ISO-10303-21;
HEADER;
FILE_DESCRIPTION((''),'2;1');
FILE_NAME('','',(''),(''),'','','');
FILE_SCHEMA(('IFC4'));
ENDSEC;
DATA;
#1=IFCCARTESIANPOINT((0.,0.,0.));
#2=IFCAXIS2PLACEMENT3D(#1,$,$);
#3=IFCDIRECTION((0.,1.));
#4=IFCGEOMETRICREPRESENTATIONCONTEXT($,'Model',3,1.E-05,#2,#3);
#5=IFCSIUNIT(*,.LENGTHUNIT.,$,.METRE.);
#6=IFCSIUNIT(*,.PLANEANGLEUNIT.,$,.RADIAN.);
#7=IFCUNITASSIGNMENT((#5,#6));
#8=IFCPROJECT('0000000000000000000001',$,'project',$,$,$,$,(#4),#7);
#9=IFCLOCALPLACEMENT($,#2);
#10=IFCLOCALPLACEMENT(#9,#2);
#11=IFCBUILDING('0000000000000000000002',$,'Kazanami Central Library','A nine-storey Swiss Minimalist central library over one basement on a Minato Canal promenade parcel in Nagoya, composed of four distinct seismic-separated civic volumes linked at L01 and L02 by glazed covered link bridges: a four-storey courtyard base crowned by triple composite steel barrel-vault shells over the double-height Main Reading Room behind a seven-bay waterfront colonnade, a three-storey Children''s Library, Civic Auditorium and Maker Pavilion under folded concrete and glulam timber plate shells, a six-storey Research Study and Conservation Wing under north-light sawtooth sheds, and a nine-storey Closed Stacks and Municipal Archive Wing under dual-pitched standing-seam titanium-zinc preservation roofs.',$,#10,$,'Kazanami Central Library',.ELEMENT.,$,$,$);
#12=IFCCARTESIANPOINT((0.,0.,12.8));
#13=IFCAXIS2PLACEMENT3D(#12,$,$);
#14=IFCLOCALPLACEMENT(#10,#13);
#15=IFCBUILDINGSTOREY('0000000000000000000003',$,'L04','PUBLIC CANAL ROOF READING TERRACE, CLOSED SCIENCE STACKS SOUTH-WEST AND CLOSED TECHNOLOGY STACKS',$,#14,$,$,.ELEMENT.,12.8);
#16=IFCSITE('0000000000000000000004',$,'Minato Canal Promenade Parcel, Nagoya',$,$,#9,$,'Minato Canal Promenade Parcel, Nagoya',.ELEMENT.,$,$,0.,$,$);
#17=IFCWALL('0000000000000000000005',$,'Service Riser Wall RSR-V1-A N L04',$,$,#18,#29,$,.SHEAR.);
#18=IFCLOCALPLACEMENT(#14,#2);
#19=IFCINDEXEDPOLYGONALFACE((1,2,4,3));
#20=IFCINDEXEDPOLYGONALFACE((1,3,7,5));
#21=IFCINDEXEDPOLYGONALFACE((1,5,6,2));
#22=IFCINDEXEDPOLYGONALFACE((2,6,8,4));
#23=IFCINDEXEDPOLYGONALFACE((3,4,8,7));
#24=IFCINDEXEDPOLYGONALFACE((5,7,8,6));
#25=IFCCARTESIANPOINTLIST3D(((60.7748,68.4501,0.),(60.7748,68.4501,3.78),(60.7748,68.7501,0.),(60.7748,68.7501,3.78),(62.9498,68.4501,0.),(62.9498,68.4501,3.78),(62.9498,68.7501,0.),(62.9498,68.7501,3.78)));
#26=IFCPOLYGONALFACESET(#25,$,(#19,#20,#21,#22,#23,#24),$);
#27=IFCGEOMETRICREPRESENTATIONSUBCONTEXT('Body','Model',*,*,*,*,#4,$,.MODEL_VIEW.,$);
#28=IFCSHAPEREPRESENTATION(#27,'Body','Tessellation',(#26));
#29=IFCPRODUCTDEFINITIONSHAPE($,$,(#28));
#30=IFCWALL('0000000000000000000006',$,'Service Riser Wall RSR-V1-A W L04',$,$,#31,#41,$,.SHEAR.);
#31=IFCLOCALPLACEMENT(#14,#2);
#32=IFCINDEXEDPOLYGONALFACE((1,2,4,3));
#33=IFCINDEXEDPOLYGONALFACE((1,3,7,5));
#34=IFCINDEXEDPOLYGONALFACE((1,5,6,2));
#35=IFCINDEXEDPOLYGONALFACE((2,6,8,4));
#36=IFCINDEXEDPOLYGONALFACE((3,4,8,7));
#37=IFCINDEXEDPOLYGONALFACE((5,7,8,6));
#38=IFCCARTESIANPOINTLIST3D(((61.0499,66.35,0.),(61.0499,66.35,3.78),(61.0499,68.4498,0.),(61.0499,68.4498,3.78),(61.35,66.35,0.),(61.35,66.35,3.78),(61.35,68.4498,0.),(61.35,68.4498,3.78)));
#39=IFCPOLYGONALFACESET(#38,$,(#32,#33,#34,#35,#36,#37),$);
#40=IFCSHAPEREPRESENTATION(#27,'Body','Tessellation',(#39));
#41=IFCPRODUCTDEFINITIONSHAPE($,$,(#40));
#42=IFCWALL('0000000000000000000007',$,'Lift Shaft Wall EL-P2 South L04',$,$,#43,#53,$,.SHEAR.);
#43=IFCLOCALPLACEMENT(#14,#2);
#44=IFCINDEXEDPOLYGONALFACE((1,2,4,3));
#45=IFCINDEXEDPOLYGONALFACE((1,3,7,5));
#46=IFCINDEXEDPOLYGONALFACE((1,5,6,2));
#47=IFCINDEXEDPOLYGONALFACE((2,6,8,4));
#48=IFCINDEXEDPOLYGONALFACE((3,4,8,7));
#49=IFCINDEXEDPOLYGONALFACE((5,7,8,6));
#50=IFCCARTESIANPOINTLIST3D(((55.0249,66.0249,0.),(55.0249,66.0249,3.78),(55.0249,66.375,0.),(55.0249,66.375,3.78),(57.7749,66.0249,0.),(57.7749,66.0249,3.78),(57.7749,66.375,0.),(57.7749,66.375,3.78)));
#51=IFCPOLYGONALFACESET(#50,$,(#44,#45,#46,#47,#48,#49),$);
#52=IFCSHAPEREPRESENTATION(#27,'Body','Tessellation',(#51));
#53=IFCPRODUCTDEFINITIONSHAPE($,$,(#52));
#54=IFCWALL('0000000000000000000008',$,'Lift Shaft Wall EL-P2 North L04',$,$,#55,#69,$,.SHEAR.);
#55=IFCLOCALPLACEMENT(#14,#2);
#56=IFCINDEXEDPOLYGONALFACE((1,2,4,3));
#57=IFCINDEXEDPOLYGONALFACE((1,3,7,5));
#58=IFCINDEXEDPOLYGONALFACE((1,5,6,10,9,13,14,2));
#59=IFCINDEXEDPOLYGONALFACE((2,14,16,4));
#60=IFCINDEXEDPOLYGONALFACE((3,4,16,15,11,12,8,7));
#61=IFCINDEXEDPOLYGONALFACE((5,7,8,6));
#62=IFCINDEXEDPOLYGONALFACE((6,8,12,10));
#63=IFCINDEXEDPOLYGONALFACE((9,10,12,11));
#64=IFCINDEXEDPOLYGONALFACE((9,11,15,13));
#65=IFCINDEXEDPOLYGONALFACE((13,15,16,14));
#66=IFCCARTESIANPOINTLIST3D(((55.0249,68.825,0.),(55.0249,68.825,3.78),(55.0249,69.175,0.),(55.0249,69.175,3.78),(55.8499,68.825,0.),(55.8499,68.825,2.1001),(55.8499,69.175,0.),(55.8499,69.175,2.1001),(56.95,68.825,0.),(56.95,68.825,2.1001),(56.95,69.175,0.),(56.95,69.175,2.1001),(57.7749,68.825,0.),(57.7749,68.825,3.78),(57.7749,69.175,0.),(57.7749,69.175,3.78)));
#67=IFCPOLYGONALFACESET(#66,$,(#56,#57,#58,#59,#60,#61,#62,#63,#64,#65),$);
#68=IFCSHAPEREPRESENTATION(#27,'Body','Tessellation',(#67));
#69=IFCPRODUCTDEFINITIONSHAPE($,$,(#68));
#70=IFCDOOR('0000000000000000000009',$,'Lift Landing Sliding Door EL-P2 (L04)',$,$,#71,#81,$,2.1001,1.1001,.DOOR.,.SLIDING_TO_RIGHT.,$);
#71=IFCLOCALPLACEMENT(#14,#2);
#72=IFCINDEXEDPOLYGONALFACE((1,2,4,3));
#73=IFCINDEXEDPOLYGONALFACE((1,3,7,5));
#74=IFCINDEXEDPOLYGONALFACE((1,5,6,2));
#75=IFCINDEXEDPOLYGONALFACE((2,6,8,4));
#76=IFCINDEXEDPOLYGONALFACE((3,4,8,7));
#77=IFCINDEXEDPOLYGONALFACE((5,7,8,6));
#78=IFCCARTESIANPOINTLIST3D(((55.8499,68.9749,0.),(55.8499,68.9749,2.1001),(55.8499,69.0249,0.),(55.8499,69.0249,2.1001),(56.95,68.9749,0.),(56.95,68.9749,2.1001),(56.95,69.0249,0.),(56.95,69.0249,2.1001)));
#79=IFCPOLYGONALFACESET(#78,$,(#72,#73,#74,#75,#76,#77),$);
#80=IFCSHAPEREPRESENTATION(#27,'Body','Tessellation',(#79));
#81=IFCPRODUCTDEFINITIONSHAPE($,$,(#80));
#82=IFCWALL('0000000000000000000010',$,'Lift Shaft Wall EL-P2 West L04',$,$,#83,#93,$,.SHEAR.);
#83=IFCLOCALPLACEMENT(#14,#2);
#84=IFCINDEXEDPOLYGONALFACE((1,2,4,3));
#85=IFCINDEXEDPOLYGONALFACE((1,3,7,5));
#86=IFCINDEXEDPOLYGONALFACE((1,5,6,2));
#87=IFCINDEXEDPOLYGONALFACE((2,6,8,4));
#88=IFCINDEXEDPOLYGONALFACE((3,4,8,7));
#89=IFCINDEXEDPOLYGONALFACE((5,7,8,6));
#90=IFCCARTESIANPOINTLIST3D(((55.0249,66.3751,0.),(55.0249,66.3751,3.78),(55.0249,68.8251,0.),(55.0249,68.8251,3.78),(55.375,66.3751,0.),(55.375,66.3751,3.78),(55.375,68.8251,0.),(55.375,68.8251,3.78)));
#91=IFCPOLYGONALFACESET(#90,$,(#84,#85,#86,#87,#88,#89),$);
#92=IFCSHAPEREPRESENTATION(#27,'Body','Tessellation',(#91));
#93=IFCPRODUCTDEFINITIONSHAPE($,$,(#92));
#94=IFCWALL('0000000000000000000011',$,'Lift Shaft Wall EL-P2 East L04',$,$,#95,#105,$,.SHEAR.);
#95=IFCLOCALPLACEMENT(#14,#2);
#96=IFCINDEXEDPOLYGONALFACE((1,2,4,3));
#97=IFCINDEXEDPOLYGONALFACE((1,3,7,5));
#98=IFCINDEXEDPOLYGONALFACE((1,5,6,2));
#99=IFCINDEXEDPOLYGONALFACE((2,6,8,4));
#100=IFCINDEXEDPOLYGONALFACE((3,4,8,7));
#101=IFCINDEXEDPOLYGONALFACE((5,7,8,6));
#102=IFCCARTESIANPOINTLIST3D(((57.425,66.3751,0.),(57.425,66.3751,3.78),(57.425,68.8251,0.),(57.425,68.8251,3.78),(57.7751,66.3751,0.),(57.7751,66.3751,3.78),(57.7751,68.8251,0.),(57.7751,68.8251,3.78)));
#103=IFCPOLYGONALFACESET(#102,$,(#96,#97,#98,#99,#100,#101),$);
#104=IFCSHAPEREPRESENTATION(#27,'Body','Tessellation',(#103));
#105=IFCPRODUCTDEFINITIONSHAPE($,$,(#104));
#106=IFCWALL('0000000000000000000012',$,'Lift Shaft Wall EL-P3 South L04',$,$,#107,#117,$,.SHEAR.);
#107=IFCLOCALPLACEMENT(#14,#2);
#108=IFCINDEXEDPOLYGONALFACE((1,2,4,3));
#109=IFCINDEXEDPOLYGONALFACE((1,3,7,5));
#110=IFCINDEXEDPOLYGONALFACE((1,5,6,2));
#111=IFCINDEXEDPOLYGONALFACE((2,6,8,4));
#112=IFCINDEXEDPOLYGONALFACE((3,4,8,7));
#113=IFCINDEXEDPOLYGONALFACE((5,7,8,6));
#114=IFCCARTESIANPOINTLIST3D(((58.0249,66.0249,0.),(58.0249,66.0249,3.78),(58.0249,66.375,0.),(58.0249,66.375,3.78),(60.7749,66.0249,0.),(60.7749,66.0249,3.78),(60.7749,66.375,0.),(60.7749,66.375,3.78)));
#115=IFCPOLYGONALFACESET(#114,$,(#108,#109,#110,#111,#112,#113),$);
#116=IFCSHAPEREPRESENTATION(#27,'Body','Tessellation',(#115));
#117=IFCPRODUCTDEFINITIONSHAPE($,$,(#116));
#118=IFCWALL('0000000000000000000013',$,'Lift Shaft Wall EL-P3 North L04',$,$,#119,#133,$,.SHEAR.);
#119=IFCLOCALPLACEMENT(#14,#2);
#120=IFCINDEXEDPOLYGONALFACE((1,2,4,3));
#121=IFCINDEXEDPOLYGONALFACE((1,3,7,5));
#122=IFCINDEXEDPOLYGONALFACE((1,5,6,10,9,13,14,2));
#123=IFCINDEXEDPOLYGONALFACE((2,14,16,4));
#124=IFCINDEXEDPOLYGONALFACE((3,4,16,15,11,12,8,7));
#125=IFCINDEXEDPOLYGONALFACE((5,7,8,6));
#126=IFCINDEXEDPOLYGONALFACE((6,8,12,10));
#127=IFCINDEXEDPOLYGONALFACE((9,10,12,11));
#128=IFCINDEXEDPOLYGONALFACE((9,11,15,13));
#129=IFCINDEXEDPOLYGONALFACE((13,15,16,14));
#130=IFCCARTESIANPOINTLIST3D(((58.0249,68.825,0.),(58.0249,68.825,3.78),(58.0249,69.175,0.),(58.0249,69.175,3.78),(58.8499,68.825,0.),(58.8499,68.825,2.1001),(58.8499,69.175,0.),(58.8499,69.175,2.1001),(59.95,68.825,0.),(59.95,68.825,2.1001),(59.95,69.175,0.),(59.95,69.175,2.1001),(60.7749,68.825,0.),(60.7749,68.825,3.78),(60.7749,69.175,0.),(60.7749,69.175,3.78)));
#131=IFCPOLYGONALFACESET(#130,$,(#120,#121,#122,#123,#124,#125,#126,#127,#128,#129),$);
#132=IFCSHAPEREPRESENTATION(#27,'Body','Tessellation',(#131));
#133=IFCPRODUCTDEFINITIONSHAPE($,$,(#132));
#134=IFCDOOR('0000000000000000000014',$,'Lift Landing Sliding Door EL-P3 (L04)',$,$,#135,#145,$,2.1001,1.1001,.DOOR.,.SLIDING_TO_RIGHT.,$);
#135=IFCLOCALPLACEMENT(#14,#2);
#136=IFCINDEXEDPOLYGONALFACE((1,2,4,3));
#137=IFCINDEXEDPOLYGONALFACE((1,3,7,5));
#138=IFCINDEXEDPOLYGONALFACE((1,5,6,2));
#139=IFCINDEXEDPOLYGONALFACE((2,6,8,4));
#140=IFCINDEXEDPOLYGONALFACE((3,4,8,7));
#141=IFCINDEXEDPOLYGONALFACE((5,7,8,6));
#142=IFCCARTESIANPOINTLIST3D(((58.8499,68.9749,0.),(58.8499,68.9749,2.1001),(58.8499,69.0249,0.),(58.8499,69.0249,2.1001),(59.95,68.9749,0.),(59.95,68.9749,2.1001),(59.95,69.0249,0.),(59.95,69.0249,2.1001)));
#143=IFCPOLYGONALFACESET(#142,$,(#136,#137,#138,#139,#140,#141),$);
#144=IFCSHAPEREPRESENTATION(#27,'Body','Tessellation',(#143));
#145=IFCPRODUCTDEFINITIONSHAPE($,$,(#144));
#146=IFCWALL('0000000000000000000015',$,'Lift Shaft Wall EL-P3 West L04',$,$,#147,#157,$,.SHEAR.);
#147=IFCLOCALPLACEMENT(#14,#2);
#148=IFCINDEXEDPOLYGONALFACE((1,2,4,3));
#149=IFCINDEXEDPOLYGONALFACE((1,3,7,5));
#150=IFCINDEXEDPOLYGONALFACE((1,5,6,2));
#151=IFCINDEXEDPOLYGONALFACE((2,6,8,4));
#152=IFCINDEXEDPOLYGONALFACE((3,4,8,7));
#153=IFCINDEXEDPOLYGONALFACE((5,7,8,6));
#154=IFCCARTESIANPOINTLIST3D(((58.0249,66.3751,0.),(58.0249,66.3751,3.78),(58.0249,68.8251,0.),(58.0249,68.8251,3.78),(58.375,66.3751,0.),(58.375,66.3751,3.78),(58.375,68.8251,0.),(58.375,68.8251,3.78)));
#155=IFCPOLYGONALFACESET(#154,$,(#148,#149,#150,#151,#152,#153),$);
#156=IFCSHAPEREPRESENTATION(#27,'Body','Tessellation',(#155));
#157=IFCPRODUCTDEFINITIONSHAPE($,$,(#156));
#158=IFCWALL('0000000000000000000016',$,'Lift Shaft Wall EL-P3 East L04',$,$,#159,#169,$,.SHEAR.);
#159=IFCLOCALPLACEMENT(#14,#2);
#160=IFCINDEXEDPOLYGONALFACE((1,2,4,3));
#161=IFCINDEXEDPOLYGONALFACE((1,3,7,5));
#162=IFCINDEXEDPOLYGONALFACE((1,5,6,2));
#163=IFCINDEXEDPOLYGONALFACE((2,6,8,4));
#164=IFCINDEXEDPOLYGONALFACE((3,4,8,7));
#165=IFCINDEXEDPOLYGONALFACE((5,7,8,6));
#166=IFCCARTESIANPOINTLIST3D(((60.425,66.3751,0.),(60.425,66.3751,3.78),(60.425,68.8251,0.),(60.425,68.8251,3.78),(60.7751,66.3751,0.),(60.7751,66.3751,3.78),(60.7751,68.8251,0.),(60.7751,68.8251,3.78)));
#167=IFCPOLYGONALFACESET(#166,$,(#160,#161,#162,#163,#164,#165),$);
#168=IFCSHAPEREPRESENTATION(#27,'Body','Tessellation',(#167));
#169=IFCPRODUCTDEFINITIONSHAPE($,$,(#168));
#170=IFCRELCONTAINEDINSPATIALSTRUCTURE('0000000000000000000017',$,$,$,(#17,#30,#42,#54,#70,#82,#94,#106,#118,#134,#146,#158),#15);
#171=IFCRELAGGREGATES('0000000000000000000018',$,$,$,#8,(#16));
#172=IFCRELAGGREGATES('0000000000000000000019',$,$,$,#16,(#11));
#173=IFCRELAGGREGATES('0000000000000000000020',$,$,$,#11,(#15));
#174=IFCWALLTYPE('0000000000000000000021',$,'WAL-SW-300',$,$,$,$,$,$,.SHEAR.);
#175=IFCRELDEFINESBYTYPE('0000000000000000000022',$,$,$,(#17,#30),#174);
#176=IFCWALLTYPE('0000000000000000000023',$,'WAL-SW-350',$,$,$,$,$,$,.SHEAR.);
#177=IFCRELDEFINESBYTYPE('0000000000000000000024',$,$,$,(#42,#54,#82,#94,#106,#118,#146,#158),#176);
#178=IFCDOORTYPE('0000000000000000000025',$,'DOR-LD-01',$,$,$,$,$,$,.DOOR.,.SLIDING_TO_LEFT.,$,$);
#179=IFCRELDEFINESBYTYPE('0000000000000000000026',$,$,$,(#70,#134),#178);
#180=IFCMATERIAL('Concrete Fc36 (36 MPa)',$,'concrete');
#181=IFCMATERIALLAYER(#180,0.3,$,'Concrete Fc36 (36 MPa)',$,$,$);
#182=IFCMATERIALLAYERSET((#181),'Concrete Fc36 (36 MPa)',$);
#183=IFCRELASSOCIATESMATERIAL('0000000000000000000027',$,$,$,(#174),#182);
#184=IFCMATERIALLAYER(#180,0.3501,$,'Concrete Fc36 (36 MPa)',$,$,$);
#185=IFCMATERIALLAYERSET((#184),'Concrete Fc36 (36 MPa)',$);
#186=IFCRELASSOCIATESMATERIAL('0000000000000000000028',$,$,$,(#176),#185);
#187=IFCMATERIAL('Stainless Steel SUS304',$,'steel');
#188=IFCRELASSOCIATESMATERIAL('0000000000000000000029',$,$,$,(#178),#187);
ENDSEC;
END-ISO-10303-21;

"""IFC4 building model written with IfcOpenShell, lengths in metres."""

from ifc_helpers import new_model, si_unit, direction, frame, frame_2d, origin, place, context, subcontext, project, spatial, rectangle, extrude, material, layer, layer_set, type_object, element, fill, save


model = new_model("IFC4")

# Units and contexts
model_context = context("Model", 3, precision=1e-05, world=origin(), true_north=direction((0.0, 1.0)))
body_context = subcontext(model_context, "Body", "Model", "MODEL_VIEW")
ifc_project = project(units=[si_unit("LENGTHUNIT", "METRE"), si_unit("PLANEANGLEUNIT", "RADIAN")], contexts=[model_context])

# Site, building, storey
site_placement = place(None, origin())
site = spatial("IfcSite", under=ifc_project, at=site_placement, Name="Minato Canal Promenade Parcel, Nagoya", LongName="Minato Canal Promenade Parcel, Nagoya", CompositionType="ELEMENT", RefElevation=0.0)
building_placement = place(site_placement, origin())
building = spatial("IfcBuilding", under=site, at=building_placement, Name="Kazanami Central Library", Description="A nine-storey Swiss Minimalist central library over one basement on a Minato Canal promenade parcel in Nagoya, composed of four distinct seismic-separated civic volumes linked at L01 and L02 by glazed covered link bridges: a four-storey courtyard base crowned by triple composite steel barrel-vault shells over the double-height Main Reading Room behind a seven-bay waterfront colonnade, a three-storey Children's Library, Civic Auditorium and Maker Pavilion under folded concrete and glulam timber plate shells, a six-storey Research Study and Conservation Wing under north-light sawtooth sheds, and a nine-storey Closed Stacks and Municipal Archive Wing under dual-pitched standing-seam titanium-zinc preservation roofs.", LongName="Kazanami Central Library", CompositionType="ELEMENT")
storey_placement = place(building_placement, frame((0.0, 0.0, 12.8)))
storey = spatial("IfcBuildingStorey", under=building, at=storey_placement, Name="L04", Description="PUBLIC CANAL ROOF READING TERRACE, CLOSED SCIENCE STACKS SOUTH-WEST AND CLOSED TECHNOLOGY STACKS", CompositionType="ELEMENT", Elevation=12.8)

# Walls
ifc_material_1 = material(Name="Concrete Fc36 (36 MPa)", Category="concrete")
ifc_layer_1 = layer(ifc_material_1, 0.3, Name="Concrete Fc36 (36 MPa)")
ifc_layer_set_1 = layer_set([ifc_layer_1], Name="Concrete Fc36 (36 MPa)")
wall_type_1 = type_object("IfcWallType", Name="WAL-SW-300", PredefinedType="SHEAR", material=ifc_layer_set_1)
for number, where, z_axis, x_axis, name in (
    (1, (60.7749, 68.6001, 0.0), (0.0, 0.0, 1.0), (1.0, 0.0, 0.0), "Service Riser Wall RSR-V1-A N L04"),
):
    element("IfcWall", number, at=place(storey_placement, frame(where, z_axis=z_axis, x_axis=x_axis)), inside=storey, type_object=wall_type_1, Name=name, PredefinedType="SHEAR", context=body_context, shape_type="SweptSolid", body=[
        extrude(rectangle(XDim=2.175, YDim=0.3, at=frame_2d((1.0874, 0.0))), origin(), (0.0, 0.0, 1.0), 3.78),
    ])
wall_1_placement = place(storey_placement, frame((61.2, 66.3501, 0.0), z_axis=(0.0, 0.0, 1.0), x_axis=(0.0, 1.0, 0.0)))
element("IfcWall", 2, at=wall_1_placement, inside=storey, type_object=wall_type_1, Name="Service Riser Wall RSR-V1-A W L04", PredefinedType="SHEAR", context=body_context, shape_type="SweptSolid", body=[
    extrude(rectangle(XDim=2.0999, YDim=0.3, at=frame_2d((1.0498, 0.0))), origin(), (0.0, 0.0, 1.0), 3.78),
])
ifc_layer_2 = layer(ifc_material_1, 0.3501, Name="Concrete Fc36 (36 MPa)")
ifc_layer_set_2 = layer_set([ifc_layer_2], Name="Concrete Fc36 (36 MPa)")
wall_type_2 = type_object("IfcWallType", Name="WAL-SW-350", PredefinedType="SHEAR", material=ifc_layer_set_2)
wall_2_placement = place(storey_placement, frame((55.0249, 66.2, 0.0), z_axis=(0.0, 0.0, 1.0), x_axis=(1.0, 0.0, 0.0)))
element("IfcWall", 3, at=wall_2_placement, inside=storey, type_object=wall_type_2, Name="Lift Shaft Wall EL-P2 South L04", PredefinedType="SHEAR", context=body_context, shape_type="SweptSolid", body=[
    extrude(rectangle(XDim=2.75, YDim=0.3501, at=frame_2d((1.375, 0.0))), origin(), (0.0, 0.0, 1.0), 3.78),
])

# Wall, opening, door
wall_3_placement = place(storey_placement, frame((55.0249, 69.0, 0.0), z_axis=(0.0, 0.0, 1.0), x_axis=(1.0, 0.0, 0.0)))
wall_3 = element("IfcWall", 4, at=wall_3_placement, inside=storey, type_object=wall_type_2, Name="Lift Shaft Wall EL-P2 North L04", PredefinedType="SHEAR", context=body_context, shape_type="SweptSolid", body=[
    extrude(rectangle(XDim=2.75, YDim=0.3501, at=frame_2d((1.375, 0.0))), origin(), (0.0, 0.0, 1.0), 3.78),
])
opening_1_placement = place(wall_3_placement, frame((0.825, 0.0, 0.0)))
opening_1 = element("IfcOpeningElement", 5, at=opening_1_placement, cuts=wall_3, PredefinedType="OPENING", context=body_context, shape_type="SweptSolid", body=[
    extrude(rectangle(XDim=1.1001, YDim=2.1001, at=frame_2d((0.55, 1.05))), frame((0.0, 0.187, 0.0), z_axis=(0.0, -1.0, 0.0), x_axis=(1.0, 0.0, 0.0)), (0.0, 0.0, 1.0), 0.374),
])
ifc_material_2 = material(Name="Stainless Steel SUS304", Category="steel")
door_type = type_object("IfcDoorType", Name="DOR-LD-01", OperationType="SLIDING_TO_LEFT", PredefinedType="DOOR", material=ifc_material_2)
door_1_placement = place(opening_1_placement, origin())
door_1 = element("IfcDoor", 6, at=door_1_placement, inside=storey, type_object=door_type, Name="Lift Landing Sliding Door EL-P2 (L04)", OperationType="SLIDING_TO_RIGHT", OverallHeight=2.1001, OverallWidth=1.1001, PredefinedType="DOOR", context=body_context, shape_type="SweptSolid", body=[
    extrude(rectangle(XDim=1.1001, YDim=2.1001, at=frame_2d((0.55, 1.05))), frame((0.0, 0.0249, 0.0), z_axis=(0.0, -1.0, 0.0), x_axis=(1.0, 0.0, 0.0)), (0.0, 0.0, 1.0), 0.05),
])
fill(opening_1, door_1)

# Walls
for number, where, z_axis, x_axis, name in (
    (7, (55.2, 66.375, 0.0), (0.0, 0.0, 1.0), (0.0, 1.0, 0.0), "Lift Shaft Wall EL-P2 West L04"),
    (8, (57.6001, 66.375, 0.0), (0.0, 0.0, 1.0), (0.0, 1.0, 0.0), "Lift Shaft Wall EL-P2 East L04"),
):
    element("IfcWall", number, at=place(storey_placement, frame(where, z_axis=z_axis, x_axis=x_axis)), inside=storey, type_object=wall_type_2, Name=name, PredefinedType="SHEAR", context=body_context, shape_type="SweptSolid", body=[
        extrude(rectangle(XDim=2.45, YDim=0.3501, at=frame_2d((1.2251, 0.0))), origin(), (0.0, 0.0, 1.0), 3.78),
    ])
wall_4_placement = place(storey_placement, frame((58.0249, 66.2, 0.0), z_axis=(0.0, 0.0, 1.0), x_axis=(1.0, 0.0, 0.0)))
element("IfcWall", 9, at=wall_4_placement, inside=storey, type_object=wall_type_2, Name="Lift Shaft Wall EL-P3 South L04", PredefinedType="SHEAR", context=body_context, shape_type="SweptSolid", body=[
    extrude(rectangle(XDim=2.75, YDim=0.3501, at=frame_2d((1.375, 0.0))), origin(), (0.0, 0.0, 1.0), 3.78),
])

# Wall, opening, door
wall_5_placement = place(storey_placement, frame((58.0249, 69.0, 0.0), z_axis=(0.0, 0.0, 1.0), x_axis=(1.0, 0.0, 0.0)))
wall_5 = element("IfcWall", 10, at=wall_5_placement, inside=storey, type_object=wall_type_2, Name="Lift Shaft Wall EL-P3 North L04", PredefinedType="SHEAR", context=body_context, shape_type="SweptSolid", body=[
    extrude(rectangle(XDim=2.75, YDim=0.3501, at=frame_2d((1.375, 0.0))), origin(), (0.0, 0.0, 1.0), 3.78),
])
opening_2_placement = place(wall_5_placement, frame((0.825, 0.0, 0.0)))
opening_2 = element("IfcOpeningElement", 11, at=opening_2_placement, cuts=wall_5, PredefinedType="OPENING", context=body_context, shape_type="SweptSolid", body=[
    extrude(rectangle(XDim=1.1001, YDim=2.1001, at=frame_2d((0.55, 1.05))), frame((0.0, 0.187, 0.0), z_axis=(0.0, -1.0, 0.0), x_axis=(1.0, 0.0, 0.0)), (0.0, 0.0, 1.0), 0.374),
])
door_2_placement = place(opening_2_placement, origin())
door_2 = element("IfcDoor", 12, at=door_2_placement, inside=storey, type_object=door_type, Name="Lift Landing Sliding Door EL-P3 (L04)", OperationType="SLIDING_TO_RIGHT", OverallHeight=2.1001, OverallWidth=1.1001, PredefinedType="DOOR", context=body_context, shape_type="SweptSolid", body=[
    extrude(rectangle(XDim=1.1001, YDim=2.1001, at=frame_2d((0.55, 1.05))), frame((0.0, 0.0249, 0.0), z_axis=(0.0, -1.0, 0.0), x_axis=(1.0, 0.0, 0.0)), (0.0, 0.0, 1.0), 0.05),
])
fill(opening_2, door_2)

# Walls
for number, where, z_axis, x_axis, name in (
    (13, (58.2, 66.375, 0.0), (0.0, 0.0, 1.0), (0.0, 1.0, 0.0), "Lift Shaft Wall EL-P3 West L04"),
    (14, (60.6001, 66.375, 0.0), (0.0, 0.0, 1.0), (0.0, 1.0, 0.0), "Lift Shaft Wall EL-P3 East L04"),
):
    element("IfcWall", number, at=place(storey_placement, frame(where, z_axis=z_axis, x_axis=x_axis)), inside=storey, type_object=wall_type_2, Name=name, PredefinedType="SHEAR", context=body_context, shape_type="SweptSolid", body=[
        extrude(rectangle(XDim=2.45, YDim=0.3501, at=frame_2d((1.2251, 0.0))), origin(), (0.0, 0.0, 1.0), 3.78),
    ])

save(model, "model.ifc")
